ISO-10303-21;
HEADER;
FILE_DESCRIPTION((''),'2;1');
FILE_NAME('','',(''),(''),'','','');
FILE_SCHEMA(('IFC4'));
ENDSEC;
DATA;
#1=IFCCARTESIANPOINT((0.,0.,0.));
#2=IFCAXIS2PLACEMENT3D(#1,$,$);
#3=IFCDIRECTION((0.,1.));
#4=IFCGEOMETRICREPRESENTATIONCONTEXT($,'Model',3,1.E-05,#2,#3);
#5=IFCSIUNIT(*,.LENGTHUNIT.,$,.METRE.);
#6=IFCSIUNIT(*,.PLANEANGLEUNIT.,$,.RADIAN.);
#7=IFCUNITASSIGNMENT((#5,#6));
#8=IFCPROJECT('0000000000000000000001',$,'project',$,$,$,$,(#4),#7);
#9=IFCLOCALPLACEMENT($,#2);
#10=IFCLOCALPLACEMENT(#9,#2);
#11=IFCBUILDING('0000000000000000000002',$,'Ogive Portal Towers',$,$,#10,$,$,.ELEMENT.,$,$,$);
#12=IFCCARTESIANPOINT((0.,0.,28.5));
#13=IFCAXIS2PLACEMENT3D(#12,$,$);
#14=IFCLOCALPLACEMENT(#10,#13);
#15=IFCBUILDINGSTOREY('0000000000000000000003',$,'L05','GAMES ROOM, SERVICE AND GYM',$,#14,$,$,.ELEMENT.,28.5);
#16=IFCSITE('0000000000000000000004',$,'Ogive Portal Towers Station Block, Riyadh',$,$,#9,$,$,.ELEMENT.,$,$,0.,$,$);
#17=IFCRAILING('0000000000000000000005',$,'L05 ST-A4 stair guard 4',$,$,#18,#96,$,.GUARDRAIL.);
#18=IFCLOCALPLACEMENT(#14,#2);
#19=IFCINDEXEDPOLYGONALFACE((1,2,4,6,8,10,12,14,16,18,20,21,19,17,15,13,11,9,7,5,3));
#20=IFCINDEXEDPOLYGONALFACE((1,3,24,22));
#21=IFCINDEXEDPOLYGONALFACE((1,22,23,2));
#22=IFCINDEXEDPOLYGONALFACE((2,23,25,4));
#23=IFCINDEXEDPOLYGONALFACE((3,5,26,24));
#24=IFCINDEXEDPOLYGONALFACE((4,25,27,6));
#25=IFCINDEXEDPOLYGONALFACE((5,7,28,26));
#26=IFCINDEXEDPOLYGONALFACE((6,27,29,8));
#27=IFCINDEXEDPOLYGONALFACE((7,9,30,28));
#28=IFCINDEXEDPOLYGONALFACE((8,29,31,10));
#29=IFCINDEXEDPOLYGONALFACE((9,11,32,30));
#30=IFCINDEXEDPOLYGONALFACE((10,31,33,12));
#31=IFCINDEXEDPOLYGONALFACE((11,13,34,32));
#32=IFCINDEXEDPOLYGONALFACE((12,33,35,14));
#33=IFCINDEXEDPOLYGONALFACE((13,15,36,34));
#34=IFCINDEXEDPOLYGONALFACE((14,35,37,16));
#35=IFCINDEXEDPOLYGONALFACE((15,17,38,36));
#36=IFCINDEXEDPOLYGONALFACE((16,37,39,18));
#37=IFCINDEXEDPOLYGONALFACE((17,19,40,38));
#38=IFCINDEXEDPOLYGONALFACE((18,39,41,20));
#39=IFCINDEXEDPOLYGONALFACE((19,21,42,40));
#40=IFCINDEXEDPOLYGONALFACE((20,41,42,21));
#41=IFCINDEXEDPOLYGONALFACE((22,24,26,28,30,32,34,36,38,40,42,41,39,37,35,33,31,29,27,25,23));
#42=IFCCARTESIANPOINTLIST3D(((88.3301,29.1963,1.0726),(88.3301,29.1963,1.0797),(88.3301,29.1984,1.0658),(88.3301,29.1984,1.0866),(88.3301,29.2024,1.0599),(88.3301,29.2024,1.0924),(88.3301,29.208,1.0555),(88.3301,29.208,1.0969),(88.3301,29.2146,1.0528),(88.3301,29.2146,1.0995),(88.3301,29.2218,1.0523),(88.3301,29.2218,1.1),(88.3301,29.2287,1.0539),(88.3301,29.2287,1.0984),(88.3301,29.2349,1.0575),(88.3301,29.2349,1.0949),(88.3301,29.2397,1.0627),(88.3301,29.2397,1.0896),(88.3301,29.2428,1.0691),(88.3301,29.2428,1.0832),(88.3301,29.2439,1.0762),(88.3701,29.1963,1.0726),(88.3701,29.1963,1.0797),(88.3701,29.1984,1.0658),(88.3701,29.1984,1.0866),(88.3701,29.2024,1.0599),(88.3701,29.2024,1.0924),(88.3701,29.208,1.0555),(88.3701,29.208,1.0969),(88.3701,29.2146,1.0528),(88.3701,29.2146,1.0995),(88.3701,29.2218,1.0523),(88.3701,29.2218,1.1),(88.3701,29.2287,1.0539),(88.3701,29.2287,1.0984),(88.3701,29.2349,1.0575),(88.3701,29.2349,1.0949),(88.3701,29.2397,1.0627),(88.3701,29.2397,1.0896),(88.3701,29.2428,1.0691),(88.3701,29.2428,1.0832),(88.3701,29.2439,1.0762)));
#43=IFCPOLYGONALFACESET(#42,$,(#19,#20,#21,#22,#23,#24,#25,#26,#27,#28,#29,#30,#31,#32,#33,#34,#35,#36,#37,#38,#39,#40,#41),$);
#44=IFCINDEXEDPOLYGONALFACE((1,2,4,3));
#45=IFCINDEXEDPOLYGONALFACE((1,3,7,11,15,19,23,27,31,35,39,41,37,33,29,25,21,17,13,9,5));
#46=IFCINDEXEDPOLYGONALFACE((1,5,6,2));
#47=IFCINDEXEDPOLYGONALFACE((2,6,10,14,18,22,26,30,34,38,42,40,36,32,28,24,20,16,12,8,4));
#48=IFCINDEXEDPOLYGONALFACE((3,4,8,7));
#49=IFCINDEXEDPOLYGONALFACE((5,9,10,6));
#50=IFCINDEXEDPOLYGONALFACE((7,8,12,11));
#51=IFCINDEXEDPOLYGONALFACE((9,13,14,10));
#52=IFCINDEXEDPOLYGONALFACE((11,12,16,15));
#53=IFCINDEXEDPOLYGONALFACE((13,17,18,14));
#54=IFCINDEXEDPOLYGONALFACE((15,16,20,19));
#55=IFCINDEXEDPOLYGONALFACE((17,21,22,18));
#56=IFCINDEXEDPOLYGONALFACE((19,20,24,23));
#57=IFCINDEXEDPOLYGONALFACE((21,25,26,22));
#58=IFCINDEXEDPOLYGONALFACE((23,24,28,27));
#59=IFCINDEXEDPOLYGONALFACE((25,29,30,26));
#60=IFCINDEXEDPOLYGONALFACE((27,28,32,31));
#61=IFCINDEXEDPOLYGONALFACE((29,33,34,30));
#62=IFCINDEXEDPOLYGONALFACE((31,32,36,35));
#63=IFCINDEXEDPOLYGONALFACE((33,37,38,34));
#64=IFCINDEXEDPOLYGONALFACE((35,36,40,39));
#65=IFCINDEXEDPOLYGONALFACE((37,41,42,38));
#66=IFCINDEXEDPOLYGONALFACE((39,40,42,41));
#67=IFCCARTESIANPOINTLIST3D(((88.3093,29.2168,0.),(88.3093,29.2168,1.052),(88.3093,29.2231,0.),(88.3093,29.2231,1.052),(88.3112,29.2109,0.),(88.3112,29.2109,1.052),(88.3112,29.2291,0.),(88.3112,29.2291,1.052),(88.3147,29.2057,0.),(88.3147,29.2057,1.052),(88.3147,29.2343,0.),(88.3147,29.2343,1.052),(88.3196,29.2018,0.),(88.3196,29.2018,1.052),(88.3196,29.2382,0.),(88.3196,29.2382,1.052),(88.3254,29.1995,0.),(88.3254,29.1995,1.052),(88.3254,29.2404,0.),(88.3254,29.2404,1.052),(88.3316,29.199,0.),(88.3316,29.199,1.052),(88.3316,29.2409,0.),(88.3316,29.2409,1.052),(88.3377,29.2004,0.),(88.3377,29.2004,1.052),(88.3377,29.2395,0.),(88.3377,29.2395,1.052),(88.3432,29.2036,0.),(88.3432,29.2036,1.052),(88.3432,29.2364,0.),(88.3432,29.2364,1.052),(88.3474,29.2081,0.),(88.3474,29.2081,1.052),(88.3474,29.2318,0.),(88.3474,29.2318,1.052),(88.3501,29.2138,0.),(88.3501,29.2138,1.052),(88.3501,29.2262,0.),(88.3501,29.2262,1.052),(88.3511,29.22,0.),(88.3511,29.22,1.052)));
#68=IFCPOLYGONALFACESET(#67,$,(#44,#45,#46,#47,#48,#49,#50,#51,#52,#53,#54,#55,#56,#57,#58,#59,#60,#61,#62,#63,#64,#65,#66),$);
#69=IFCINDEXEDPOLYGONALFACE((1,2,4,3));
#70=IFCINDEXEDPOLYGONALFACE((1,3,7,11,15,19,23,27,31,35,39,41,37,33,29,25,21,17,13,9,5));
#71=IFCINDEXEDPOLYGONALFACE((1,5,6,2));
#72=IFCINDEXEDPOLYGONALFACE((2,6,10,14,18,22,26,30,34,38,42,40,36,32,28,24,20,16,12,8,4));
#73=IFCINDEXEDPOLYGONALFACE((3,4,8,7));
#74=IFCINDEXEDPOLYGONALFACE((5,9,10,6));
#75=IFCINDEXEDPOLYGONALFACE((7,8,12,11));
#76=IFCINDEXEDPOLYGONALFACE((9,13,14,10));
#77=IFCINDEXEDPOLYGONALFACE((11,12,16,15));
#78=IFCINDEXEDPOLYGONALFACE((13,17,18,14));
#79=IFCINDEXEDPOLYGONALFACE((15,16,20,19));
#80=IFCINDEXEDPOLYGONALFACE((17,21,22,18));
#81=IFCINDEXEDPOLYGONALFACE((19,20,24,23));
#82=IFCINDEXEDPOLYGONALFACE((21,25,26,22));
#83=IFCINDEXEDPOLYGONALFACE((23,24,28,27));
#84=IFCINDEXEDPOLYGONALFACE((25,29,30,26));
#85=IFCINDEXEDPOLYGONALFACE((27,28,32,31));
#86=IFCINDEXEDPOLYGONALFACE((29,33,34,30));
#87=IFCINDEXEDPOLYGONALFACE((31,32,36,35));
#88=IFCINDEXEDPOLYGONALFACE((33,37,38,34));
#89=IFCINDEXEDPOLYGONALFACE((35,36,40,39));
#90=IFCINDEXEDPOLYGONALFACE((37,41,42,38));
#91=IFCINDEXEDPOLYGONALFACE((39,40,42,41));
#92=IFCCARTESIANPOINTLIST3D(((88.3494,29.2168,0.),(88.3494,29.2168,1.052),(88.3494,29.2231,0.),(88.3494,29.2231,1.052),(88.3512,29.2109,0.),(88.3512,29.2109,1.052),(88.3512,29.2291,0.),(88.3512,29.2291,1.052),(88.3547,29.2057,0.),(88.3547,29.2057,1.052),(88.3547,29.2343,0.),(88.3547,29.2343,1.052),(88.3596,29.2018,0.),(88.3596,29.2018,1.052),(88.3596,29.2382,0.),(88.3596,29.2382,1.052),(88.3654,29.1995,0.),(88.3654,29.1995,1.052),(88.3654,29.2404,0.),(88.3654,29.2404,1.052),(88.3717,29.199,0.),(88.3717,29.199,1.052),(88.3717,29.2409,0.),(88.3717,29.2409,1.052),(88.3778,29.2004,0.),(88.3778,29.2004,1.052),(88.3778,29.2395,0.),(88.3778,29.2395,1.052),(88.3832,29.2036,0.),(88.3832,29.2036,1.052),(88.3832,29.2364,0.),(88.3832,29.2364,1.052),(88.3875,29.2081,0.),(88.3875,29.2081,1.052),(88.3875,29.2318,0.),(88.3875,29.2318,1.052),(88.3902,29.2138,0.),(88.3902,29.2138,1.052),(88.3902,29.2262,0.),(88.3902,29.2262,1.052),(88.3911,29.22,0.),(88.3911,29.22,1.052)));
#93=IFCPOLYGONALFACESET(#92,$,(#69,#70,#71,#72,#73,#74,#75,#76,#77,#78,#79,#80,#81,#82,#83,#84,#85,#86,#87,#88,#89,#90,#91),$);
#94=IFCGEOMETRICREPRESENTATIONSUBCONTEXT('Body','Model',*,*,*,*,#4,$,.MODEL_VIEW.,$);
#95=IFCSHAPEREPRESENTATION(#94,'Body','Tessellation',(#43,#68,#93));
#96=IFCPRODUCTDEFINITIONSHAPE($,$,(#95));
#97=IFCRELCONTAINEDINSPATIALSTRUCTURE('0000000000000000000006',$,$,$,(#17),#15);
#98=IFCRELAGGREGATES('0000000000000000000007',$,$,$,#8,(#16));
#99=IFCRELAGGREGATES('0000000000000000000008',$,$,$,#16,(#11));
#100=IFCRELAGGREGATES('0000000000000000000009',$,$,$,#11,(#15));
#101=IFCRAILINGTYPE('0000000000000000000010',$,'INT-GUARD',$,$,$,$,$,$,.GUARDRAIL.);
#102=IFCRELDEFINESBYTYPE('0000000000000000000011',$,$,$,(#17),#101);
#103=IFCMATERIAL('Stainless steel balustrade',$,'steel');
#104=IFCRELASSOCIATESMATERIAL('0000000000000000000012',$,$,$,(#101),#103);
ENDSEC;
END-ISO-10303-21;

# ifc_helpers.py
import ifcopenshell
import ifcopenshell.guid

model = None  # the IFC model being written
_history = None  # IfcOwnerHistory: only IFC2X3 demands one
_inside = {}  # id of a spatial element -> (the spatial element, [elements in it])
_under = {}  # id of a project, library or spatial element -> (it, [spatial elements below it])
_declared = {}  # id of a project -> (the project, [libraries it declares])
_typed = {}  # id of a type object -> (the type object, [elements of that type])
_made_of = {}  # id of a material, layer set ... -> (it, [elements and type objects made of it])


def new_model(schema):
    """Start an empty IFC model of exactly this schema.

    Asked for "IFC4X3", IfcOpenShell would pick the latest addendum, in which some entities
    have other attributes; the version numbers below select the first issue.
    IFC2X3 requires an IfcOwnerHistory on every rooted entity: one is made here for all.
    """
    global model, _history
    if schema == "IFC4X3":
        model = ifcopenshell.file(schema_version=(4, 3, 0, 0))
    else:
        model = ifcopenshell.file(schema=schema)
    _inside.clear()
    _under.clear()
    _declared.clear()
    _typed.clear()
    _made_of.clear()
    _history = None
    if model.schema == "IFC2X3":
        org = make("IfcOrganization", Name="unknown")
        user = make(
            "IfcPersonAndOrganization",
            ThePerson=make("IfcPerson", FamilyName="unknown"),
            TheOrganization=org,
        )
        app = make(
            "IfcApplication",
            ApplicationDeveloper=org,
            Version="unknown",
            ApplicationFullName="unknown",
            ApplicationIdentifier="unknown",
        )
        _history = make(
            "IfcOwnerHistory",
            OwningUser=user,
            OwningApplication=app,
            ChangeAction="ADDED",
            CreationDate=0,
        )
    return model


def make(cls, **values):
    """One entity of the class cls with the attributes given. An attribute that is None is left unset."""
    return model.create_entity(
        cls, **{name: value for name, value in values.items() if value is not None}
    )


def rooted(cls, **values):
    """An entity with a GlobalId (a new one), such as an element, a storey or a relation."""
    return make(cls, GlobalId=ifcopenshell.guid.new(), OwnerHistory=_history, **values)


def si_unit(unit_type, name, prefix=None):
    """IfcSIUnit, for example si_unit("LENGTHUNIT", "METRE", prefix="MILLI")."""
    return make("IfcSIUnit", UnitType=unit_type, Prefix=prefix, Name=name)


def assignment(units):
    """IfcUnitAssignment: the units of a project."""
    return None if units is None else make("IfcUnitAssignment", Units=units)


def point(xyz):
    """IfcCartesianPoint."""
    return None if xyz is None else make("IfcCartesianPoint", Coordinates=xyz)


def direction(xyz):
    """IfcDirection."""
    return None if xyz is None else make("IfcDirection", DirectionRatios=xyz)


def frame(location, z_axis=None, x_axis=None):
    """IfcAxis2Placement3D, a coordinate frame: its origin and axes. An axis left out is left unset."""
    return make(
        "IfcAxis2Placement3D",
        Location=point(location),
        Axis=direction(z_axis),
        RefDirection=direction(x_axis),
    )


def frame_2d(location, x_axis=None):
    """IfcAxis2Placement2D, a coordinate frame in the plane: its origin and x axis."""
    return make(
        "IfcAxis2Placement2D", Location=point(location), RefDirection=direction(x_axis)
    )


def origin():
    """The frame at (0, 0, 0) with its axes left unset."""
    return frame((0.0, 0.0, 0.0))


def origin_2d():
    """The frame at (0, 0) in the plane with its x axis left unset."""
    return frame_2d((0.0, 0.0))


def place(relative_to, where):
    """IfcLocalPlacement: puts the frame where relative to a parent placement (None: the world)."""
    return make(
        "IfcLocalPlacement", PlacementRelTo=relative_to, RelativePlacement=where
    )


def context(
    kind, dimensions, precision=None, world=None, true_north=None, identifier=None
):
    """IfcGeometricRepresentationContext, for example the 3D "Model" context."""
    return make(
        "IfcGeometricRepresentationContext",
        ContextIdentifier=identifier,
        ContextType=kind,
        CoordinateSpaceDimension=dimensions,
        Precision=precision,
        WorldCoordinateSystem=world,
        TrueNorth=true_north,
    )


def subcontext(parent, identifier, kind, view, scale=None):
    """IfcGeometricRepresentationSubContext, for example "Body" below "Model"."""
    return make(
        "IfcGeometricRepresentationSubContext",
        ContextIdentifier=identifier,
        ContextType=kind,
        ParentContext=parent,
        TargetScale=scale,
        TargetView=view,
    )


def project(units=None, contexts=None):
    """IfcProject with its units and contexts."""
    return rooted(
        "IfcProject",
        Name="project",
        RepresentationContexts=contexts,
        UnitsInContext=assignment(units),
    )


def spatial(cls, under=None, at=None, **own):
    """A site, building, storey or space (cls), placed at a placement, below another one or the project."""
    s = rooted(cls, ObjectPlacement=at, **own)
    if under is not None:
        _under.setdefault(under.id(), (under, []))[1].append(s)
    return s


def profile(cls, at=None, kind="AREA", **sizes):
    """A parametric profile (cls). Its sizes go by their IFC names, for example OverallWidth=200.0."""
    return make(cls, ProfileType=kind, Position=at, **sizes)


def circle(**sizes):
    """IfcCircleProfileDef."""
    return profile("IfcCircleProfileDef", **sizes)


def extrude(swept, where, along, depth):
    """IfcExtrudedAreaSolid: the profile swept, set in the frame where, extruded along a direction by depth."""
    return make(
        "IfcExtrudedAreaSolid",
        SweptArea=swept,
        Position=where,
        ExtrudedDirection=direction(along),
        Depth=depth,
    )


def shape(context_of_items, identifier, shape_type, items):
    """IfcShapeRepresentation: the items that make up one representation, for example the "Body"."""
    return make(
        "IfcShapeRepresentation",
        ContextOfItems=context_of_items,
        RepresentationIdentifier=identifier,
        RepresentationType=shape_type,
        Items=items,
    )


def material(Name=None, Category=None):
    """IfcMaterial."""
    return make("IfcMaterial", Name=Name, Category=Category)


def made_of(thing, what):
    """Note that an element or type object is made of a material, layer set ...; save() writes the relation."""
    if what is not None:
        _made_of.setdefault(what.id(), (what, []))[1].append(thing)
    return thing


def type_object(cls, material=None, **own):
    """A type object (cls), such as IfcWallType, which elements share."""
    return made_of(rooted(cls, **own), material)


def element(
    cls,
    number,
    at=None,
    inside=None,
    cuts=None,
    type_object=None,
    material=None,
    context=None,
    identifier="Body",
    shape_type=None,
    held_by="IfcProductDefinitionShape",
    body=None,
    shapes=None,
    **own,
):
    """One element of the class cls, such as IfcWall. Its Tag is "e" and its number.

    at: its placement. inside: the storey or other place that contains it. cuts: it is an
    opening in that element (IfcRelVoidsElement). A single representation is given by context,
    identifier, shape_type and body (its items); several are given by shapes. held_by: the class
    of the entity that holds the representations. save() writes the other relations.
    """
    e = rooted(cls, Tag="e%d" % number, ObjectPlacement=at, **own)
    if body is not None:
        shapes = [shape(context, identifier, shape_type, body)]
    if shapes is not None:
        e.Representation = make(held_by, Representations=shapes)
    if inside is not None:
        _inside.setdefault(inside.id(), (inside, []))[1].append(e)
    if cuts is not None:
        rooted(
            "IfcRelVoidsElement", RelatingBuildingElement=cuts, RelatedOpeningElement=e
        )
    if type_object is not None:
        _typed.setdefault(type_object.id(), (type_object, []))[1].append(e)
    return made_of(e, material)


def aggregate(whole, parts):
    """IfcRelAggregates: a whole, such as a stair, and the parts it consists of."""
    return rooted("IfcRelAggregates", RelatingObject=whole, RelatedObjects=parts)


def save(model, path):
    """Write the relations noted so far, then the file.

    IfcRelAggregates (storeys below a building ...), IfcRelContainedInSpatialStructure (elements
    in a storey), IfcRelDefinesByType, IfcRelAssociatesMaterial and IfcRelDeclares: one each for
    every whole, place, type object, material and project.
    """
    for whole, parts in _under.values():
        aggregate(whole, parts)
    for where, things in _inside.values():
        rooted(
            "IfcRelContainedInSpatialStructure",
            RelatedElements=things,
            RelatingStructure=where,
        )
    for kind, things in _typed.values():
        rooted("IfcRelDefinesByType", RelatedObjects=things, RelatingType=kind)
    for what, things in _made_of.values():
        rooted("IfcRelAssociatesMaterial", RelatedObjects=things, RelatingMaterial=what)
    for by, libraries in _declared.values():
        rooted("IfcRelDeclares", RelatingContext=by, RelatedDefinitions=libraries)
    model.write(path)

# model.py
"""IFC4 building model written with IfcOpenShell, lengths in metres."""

from ifc_helpers import new_model, si_unit, direction, frame, origin, origin_2d, place, context, subcontext, project, spatial, circle, extrude, material, type_object, element, save


model = new_model("IFC4")

# Units and contexts
model_context = context("Model", 3, precision=1e-05, world=origin(), true_north=direction((0.0, 1.0)))
body_context = subcontext(model_context, "Body", "Model", "MODEL_VIEW")
ifc_project = project(units=[si_unit("LENGTHUNIT", "METRE"), si_unit("PLANEANGLEUNIT", "RADIAN")], contexts=[model_context])

# Site, building, storey
site_placement = place(None, origin())
site = spatial("IfcSite", under=ifc_project, at=site_placement, Name="Ogive Portal Towers Station Block, Riyadh", CompositionType="ELEMENT", RefElevation=0.0)
building_placement = place(site_placement, origin())
building = spatial("IfcBuilding", under=site, at=building_placement, Name="Ogive Portal Towers", CompositionType="ELEMENT")
storey_placement = place(building_placement, frame((0.0, 0.0, 28.5)))
storey = spatial("IfcBuildingStorey", under=building, at=storey_placement, Name="L05", Description="GAMES ROOM, SERVICE AND GYM", CompositionType="ELEMENT", Elevation=28.5)

# Railing
ifc_material_1 = material(Name="Stainless steel balustrade", Category="steel")
railing_type_1 = type_object("IfcRailingType", Name="INT-GUARD", PredefinedType="GUARDRAIL", material=ifc_material_1)
railing_1_placement = place(storey_placement, frame((88.3301, 29.22, 0.0)))
element("IfcRailing", 1, at=railing_1_placement, inside=storey, type_object=railing_type_1, Name="L05 ST-A4 stair guard 4", PredefinedType="GUARDRAIL", context=body_context, shape_type="SweptSolid", body=[
    extrude(circle(Radius=0.0239, at=origin_2d()), frame((0.0, 0.0, 1.0762), z_axis=(1.0, 0.0, 0.0), x_axis=(0.0, 1.0, 0.0)), (0.0, 0.0, 1.0), 0.04),
    extrude(circle(Radius=0.021, at=origin_2d()), origin(), (0.0, 0.0, 1.0), 1.052),
    extrude(circle(Radius=0.021, at=origin_2d()), frame((0.04, 0.0, 0.0)), (0.0, 0.0, 1.0), 1.052),
])

save(model, "model.ifc")
